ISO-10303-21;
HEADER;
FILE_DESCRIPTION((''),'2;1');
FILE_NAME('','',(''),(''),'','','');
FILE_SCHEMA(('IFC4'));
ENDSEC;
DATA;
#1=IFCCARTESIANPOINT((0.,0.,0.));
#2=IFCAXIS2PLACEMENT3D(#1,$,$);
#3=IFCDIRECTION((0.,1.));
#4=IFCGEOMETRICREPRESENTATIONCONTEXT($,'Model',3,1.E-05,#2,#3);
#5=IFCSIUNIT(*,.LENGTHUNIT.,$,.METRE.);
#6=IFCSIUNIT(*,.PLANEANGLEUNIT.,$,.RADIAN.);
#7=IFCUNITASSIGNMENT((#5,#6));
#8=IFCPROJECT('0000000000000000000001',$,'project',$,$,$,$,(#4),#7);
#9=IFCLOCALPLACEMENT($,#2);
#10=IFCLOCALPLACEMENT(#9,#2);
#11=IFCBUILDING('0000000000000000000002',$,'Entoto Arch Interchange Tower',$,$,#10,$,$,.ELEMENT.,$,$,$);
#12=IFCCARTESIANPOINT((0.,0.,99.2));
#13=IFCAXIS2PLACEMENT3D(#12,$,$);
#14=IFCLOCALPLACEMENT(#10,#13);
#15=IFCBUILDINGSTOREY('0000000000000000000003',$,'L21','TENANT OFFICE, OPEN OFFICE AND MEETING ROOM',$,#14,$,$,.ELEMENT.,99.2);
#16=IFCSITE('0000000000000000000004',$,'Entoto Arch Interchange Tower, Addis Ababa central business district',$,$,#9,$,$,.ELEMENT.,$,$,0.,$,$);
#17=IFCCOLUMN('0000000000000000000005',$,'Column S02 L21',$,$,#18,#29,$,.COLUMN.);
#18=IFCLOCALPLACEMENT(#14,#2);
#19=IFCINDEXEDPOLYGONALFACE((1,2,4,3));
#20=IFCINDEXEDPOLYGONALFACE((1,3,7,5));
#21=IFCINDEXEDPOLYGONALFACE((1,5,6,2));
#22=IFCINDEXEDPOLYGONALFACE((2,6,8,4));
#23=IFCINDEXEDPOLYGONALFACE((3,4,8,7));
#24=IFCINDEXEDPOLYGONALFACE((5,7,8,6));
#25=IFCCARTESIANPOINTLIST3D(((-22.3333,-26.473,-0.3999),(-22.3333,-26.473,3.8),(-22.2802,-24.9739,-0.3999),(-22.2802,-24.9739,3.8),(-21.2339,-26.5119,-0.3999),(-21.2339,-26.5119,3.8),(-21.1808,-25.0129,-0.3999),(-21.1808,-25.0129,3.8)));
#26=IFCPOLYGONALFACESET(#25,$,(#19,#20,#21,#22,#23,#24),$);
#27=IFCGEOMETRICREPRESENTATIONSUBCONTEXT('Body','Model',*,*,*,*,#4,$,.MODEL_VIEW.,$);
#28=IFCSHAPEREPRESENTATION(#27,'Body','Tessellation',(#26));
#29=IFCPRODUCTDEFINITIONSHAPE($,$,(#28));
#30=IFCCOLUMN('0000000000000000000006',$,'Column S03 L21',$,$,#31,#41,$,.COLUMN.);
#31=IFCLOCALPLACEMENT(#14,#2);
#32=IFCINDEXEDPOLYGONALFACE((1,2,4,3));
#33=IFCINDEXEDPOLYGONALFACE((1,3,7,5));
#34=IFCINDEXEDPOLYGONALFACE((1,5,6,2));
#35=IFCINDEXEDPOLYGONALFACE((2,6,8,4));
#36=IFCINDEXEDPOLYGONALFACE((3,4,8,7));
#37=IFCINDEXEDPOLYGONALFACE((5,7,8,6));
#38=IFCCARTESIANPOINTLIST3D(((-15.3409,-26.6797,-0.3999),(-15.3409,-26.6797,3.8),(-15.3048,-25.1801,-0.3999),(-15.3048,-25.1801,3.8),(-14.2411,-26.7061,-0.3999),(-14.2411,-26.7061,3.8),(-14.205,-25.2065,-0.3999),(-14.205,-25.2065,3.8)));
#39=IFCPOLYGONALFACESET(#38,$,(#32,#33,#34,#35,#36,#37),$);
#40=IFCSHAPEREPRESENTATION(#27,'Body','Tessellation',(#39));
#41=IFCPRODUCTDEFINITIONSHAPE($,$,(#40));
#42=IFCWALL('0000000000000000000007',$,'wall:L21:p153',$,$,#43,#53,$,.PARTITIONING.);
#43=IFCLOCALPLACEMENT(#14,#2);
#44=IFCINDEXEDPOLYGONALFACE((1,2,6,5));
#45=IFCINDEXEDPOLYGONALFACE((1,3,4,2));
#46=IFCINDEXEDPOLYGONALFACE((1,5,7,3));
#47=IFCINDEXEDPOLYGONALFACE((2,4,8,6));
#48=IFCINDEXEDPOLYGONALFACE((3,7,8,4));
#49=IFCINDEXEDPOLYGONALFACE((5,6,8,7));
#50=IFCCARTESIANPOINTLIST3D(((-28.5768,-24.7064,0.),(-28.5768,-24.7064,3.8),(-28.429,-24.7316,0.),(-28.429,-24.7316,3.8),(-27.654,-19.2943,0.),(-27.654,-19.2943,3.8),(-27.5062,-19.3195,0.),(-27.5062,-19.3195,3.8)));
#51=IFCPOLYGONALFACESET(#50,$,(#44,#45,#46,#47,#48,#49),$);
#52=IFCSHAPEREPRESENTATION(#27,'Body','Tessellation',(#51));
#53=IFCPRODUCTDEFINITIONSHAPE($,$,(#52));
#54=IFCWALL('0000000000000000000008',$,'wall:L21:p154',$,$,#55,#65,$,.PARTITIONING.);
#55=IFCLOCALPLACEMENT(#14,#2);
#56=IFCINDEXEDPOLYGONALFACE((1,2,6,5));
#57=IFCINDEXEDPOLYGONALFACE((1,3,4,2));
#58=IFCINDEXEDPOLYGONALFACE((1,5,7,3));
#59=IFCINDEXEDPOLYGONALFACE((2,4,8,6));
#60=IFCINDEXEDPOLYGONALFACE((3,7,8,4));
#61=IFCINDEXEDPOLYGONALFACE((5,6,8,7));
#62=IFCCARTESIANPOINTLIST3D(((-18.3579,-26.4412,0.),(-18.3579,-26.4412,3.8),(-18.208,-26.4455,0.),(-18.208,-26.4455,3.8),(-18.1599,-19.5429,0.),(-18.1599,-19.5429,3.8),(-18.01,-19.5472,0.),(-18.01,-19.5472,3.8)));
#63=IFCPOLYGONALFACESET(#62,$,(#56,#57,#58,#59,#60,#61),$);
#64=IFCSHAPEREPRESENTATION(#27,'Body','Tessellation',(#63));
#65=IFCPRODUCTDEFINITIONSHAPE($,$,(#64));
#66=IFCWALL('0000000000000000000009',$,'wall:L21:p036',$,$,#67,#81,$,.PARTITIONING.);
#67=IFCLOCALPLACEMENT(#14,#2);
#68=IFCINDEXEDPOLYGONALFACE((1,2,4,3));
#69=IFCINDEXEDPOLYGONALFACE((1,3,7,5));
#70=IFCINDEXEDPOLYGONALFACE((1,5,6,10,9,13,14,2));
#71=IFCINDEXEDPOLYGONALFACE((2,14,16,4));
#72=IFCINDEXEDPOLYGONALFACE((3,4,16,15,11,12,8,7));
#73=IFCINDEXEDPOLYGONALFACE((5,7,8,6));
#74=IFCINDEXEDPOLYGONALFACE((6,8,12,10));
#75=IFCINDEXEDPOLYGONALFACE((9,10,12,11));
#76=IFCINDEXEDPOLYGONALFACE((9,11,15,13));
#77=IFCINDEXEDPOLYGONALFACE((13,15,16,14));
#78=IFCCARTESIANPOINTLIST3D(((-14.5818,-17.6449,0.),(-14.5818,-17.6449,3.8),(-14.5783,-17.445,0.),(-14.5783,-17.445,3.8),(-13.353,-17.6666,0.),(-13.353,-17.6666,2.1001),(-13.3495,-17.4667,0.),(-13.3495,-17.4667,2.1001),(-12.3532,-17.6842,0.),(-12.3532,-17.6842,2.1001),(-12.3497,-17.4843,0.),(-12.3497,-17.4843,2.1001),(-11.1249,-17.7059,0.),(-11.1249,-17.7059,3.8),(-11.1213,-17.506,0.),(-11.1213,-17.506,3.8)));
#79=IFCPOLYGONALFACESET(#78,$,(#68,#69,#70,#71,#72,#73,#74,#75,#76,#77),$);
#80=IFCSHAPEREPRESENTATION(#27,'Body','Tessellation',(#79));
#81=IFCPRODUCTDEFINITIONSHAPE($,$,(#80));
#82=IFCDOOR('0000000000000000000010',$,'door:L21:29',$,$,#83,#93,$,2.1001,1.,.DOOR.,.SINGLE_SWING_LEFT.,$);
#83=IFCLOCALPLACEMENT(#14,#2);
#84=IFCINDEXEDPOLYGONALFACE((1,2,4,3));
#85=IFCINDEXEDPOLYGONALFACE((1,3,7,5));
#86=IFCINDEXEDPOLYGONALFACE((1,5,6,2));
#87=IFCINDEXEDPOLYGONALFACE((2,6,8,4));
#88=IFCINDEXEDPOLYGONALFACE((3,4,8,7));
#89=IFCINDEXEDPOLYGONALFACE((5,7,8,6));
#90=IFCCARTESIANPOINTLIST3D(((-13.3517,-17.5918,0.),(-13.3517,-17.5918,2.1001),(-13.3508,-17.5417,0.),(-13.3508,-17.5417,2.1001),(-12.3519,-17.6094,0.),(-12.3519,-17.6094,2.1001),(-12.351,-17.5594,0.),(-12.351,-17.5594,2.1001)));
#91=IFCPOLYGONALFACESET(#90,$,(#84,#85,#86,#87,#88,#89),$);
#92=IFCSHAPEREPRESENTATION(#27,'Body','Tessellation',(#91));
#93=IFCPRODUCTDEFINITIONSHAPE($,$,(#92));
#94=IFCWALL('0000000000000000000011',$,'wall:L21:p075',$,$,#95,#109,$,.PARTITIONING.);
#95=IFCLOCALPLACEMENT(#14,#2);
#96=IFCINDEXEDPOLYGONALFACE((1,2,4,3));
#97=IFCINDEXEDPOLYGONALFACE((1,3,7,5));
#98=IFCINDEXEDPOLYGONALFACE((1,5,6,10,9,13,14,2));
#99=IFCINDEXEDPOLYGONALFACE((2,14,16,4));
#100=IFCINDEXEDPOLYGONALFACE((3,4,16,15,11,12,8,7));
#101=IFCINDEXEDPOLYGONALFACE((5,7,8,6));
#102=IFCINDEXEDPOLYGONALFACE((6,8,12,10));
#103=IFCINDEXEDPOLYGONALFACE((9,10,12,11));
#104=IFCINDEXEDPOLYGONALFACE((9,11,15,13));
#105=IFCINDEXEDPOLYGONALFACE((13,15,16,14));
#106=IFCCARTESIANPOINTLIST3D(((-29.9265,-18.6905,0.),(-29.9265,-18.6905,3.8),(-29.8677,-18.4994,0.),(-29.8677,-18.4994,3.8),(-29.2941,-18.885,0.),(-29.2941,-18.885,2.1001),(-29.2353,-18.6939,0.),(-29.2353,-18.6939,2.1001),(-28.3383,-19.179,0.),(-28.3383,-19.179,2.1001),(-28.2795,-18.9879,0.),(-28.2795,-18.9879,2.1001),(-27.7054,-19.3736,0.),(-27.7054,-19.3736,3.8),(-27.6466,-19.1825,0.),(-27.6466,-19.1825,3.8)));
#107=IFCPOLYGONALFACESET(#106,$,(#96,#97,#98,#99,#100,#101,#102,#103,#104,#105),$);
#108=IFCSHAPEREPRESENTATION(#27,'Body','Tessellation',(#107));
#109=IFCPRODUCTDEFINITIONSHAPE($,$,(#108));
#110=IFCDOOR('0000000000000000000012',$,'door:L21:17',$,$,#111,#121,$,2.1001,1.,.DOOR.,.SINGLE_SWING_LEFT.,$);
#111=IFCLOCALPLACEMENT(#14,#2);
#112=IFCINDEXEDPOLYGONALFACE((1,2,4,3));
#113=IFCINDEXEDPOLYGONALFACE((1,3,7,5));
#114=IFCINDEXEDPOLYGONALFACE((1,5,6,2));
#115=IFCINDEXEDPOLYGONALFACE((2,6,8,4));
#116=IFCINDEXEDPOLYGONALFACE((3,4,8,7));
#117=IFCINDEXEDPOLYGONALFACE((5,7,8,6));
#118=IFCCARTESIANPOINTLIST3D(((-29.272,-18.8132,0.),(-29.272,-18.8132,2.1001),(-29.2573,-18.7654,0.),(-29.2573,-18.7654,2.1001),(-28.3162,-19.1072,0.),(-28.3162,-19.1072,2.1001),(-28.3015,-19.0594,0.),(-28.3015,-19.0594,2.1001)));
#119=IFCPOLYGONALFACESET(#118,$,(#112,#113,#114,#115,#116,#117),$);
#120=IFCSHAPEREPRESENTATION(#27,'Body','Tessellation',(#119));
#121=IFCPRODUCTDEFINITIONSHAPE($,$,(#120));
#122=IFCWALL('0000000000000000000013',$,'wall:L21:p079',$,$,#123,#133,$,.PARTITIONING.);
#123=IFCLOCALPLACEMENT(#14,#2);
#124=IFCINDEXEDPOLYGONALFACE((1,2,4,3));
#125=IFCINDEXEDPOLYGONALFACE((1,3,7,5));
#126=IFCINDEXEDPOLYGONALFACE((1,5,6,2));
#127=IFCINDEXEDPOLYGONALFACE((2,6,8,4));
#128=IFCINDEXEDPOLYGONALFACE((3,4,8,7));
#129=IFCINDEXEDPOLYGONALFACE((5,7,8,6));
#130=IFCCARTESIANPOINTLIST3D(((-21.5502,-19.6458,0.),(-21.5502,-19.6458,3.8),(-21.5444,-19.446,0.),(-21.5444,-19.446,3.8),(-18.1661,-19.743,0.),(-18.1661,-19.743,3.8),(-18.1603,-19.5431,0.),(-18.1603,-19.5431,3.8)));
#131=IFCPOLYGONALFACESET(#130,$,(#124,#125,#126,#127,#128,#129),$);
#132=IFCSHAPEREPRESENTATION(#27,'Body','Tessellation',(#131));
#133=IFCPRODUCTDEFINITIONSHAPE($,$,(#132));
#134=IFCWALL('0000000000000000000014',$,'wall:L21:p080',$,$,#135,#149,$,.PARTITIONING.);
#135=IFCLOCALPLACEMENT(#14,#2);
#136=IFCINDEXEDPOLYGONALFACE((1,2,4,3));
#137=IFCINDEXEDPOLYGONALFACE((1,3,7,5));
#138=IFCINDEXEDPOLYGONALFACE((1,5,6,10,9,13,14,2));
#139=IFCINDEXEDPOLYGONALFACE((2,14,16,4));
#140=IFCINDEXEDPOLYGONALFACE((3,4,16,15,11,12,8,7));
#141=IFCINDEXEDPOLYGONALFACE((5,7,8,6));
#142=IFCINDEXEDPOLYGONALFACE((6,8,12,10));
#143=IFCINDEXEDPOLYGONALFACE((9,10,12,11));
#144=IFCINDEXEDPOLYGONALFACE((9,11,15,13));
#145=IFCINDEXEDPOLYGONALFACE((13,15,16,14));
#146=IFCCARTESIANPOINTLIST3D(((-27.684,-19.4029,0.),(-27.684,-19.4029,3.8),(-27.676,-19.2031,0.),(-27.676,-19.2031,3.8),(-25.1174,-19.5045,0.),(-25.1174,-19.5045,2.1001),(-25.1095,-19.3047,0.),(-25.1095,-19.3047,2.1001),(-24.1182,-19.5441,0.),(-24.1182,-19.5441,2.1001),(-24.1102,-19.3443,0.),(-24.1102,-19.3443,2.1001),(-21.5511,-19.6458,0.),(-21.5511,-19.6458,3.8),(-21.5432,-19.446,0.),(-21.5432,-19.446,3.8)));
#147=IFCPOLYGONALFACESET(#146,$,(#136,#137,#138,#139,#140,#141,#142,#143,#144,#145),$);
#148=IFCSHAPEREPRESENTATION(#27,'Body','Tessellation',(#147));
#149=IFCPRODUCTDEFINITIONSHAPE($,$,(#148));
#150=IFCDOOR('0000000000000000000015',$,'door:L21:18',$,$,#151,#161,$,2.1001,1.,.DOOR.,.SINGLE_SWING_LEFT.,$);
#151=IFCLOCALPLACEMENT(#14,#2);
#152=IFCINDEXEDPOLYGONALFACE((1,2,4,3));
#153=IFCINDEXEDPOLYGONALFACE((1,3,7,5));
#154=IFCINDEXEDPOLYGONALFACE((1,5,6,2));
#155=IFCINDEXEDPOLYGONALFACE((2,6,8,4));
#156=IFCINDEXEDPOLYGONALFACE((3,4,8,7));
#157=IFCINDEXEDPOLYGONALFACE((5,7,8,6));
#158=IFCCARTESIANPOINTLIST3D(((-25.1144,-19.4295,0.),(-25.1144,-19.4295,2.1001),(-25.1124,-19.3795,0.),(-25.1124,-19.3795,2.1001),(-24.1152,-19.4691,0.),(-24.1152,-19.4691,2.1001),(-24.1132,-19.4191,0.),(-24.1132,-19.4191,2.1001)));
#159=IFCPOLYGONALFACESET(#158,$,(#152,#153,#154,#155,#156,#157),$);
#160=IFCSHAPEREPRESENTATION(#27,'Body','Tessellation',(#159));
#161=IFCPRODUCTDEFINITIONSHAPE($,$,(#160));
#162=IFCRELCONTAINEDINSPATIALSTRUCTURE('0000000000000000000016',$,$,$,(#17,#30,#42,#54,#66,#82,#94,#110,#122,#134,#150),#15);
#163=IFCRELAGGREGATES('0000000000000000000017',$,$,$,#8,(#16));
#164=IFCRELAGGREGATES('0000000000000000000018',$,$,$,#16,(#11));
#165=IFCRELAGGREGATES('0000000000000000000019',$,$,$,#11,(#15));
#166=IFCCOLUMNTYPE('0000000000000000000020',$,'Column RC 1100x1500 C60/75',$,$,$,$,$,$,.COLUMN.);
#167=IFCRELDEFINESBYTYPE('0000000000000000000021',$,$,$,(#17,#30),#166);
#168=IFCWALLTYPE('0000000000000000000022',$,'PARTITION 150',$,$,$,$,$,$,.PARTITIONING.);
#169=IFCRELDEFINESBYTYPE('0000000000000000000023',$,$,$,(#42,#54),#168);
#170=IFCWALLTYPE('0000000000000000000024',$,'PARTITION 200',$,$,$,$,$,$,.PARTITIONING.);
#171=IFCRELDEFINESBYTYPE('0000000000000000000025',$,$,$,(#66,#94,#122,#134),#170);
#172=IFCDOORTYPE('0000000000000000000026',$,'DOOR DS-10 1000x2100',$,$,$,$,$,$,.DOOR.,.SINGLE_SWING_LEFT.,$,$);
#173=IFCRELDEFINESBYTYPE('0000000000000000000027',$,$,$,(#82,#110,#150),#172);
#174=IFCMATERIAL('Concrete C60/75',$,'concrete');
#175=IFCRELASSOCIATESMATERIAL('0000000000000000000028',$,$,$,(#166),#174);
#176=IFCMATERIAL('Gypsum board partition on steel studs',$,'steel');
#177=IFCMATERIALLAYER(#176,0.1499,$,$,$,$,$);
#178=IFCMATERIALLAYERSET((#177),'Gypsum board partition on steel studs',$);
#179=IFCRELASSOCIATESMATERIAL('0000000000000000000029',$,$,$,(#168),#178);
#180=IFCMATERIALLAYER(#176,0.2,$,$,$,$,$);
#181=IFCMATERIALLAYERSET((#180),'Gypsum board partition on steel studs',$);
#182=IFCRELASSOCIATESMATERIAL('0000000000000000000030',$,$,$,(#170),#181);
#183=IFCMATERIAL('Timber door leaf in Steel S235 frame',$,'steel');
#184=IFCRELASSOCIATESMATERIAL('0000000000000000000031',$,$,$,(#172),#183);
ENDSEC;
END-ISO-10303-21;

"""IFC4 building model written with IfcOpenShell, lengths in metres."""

from ifc_helpers import new_model, si_unit, direction, frame, frame_2d, origin, origin_2d, place, context, subcontext, project, spatial, rectangle, extrude, material, layer, layer_set, material_profile, profile_set, type_object, element, fill, save


model = new_model("IFC4")

# Units and contexts
model_context = context("Model", 3, precision=1e-05, world=origin(), true_north=direction((0.0, 1.0)))
body_context = subcontext(model_context, "Body", "Model", "MODEL_VIEW")
ifc_project = project(units=[si_unit("LENGTHUNIT", "METRE"), si_unit("PLANEANGLEUNIT", "RADIAN")], contexts=[model_context])

# Site, building, storey
site_placement = place(None, origin())
site = spatial("IfcSite", under=ifc_project, at=site_placement, Name="Entoto Arch Interchange Tower, Addis Ababa central business district", CompositionType="ELEMENT", RefElevation=0.0)
building_placement = place(site_placement, origin())
building = spatial("IfcBuilding", under=site, at=building_placement, Name="Entoto Arch Interchange Tower", CompositionType="ELEMENT")
storey_placement = place(building_placement, frame((0.0, 0.0, 99.2)))
storey = spatial("IfcBuildingStorey", under=building, at=storey_placement, Name="L21", Description="TENANT OFFICE, OPEN OFFICE AND MEETING ROOM", CompositionType="ELEMENT", Elevation=99.2)

# Columns
ifc_material_1 = material(Name="Concrete C60/75", Category="concrete")
ifc_material_profile = material_profile(ifc_material_1, rectangle(XDim=1.1001, YDim=1.5, at=origin_2d()))
ifc_profile_set = profile_set([ifc_material_profile], Name="Concrete C60/75")
column_type = type_object("IfcColumnType", Name="Column RC 1100x1500 C60/75", PredefinedType="COLUMN", material=ifc_profile_set)
for number, where, z_axis, x_axis, name in (
    (1, (-21.7571, -25.7429, -0.3999), (0.0, 0.0, 1.0), (-0.999374, 0.035388, 0.0), "Column S02 L21"),
    (2, (-14.7729, -25.9431, -0.3999), (0.0, 0.0, 1.0), (-0.999711, 0.024031, 0.0), "Column S03 L21"),
):
    element("IfcColumn", number, at=place(storey_placement, frame(where, z_axis=z_axis, x_axis=x_axis)), inside=storey, type_object=column_type, Name=name, PredefinedType="COLUMN", context=body_context, shape_type="SweptSolid", body=[
        extrude(rectangle(XDim=1.1001, YDim=1.5, at=origin_2d()), origin(), (0.0, 0.0, 1.0), 4.2),
    ])

# Walls
ifc_material_2 = material(Name="Gypsum board partition on steel studs", Category="steel")
ifc_layer_1 = layer(ifc_material_2, 0.1499)
ifc_layer_set_1 = layer_set([ifc_layer_1], Name="Gypsum board partition on steel studs")
wall_type_1 = type_object("IfcWallType", Name="PARTITION 150", PredefinedType="PARTITIONING", material=ifc_layer_set_1)
wall_1_placement = place(storey_placement, frame((-27.5801, -19.3069, 0.0), z_axis=(0.0, 0.0, 1.0), x_axis=(-0.16809, -0.985772, 0.0)))
element("IfcWall", 3, at=wall_1_placement, inside=storey, type_object=wall_type_1, Name="wall:L21:p153", PredefinedType="PARTITIONING", context=body_context, shape_type="SweptSolid", body=[
    extrude(rectangle(XDim=5.4902, YDim=0.1499, at=frame_2d((2.7451, 0.0))), origin(), (0.0, 0.0, 1.0), 3.8),
])
wall_2_placement = place(storey_placement, frame((-18.085, -19.5449, 0.0), z_axis=(0.0, 0.0, 1.0), x_axis=(-0.028691, -0.999588, 0.0)))
element("IfcWall", 4, at=wall_2_placement, inside=storey, type_object=wall_type_1, Name="wall:L21:p154", PredefinedType="PARTITIONING", context=body_context, shape_type="SweptSolid", body=[
    extrude(rectangle(XDim=6.9011, YDim=0.1499, at=frame_2d((3.4507, 0.0))), origin(), (0.0, 0.0, 1.0), 3.8),
])

# Walls, openings, doors
ifc_layer_2 = layer(ifc_material_2, 0.2)
ifc_layer_set_2 = layer_set([ifc_layer_2], Name="Gypsum board partition on steel studs")
wall_type_2 = type_object("IfcWallType", Name="PARTITION 200", PredefinedType="PARTITIONING", material=ifc_layer_set_2)
wall_3_placement = place(storey_placement, frame((-14.5801, -17.5449, 0.0), z_axis=(0.0, 0.0, 1.0), x_axis=(0.999844, -0.017653, 0.0)))
wall_3 = element("IfcWall", 5, at=wall_3_placement, inside=storey, type_object=wall_type_2, Name="wall:L21:p036", PredefinedType="PARTITIONING", context=body_context, shape_type="SweptSolid", body=[
    extrude(rectangle(XDim=3.4575, YDim=0.2, at=frame_2d((1.7288, 0.0))), origin(), (0.0, 0.0, 1.0), 3.8),
])
opening_1_placement = place(wall_3_placement, frame((1.229, 0.0, 0.0)))
opening_1 = element("IfcOpeningElement", 6, at=opening_1_placement, cuts=wall_3, PredefinedType="OPENING", context=body_context, shape_type="SweptSolid", body=[
    extrude(rectangle(XDim=1.0, YDim=2.1001, at=frame_2d((0.5, 1.05))), frame((0.0, 0.1099, 0.0), z_axis=(0.0, -1.0, 0.0), x_axis=(1.0, 0.0, 0.0)), (0.0, 0.0, 1.0), 0.22),
])
ifc_material_3 = material(Name="Timber door leaf in Steel S235 frame", Category="steel")
door_type = type_object("IfcDoorType", Name="DOOR DS-10 1000x2100", OperationType="SINGLE_SWING_LEFT", PredefinedType="DOOR", material=ifc_material_3)
door_1_placement = place(opening_1_placement, origin())
door_1 = element("IfcDoor", 7, at=door_1_placement, inside=storey, type_object=door_type, Name="door:L21:29", OperationType="SINGLE_SWING_LEFT", OverallHeight=2.1001, OverallWidth=1.0, PredefinedType="DOOR", context=body_context, shape_type="SweptSolid", body=[
    extrude(rectangle(XDim=1.0, YDim=2.1001, at=frame_2d((0.5, 1.05))), frame((0.0, 0.0249, 0.0), z_axis=(0.0, -1.0, 0.0), x_axis=(1.0, 0.0, 0.0)), (0.0, 0.0, 1.0), 0.05),
])
fill(opening_1, door_1)
wall_4_placement = place(storey_placement, frame((-27.676, -19.2781, 0.0), z_axis=(0.0, 0.0, 1.0), x_axis=(-0.955811, 0.293982, 0.0)))
wall_4 = element("IfcWall", 8, at=wall_4_placement, inside=storey, type_object=wall_type_2, Name="wall:L21:p075", PredefinedType="PARTITIONING", context=body_context, shape_type="SweptSolid", body=[
    extrude(rectangle(XDim=2.3237, YDim=0.2, at=frame_2d((1.1619, 0.0))), origin(), (0.0, 0.0, 1.0), 3.8),
])
opening_2_placement = place(wall_4_placement, frame((0.6621, 0.0, 0.0)))
opening_2 = element("IfcOpeningElement", 9, at=opening_2_placement, cuts=wall_4, PredefinedType="OPENING", context=body_context, shape_type="SweptSolid", body=[
    extrude(rectangle(XDim=1.0, YDim=2.1001, at=frame_2d((0.5, 1.05))), frame((0.0, 0.1099, 0.0), z_axis=(0.0, -1.0, 0.0), x_axis=(1.0, 0.0, 0.0)), (0.0, 0.0, 1.0), 0.22),
])
door_2_placement = place(opening_2_placement, origin())
door_2 = element("IfcDoor", 10, at=door_2_placement, inside=storey, type_object=door_type, Name="door:L21:17", OperationType="SINGLE_SWING_LEFT", OverallHeight=2.1001, OverallWidth=1.0, PredefinedType="DOOR", context=body_context, shape_type="SweptSolid", body=[
    extrude(rectangle(XDim=1.0, YDim=2.1001, at=frame_2d((0.5, 1.05))), frame((0.0, 0.0249, 0.0), z_axis=(0.0, -1.0, 0.0), x_axis=(1.0, 0.0, 0.0)), (0.0, 0.0, 1.0), 0.05),
])
fill(opening_2, door_2)

# Wall
wall_5_placement = place(storey_placement, frame((-18.1631, -19.6431, 0.0), z_axis=(0.0, 0.0, 1.0), x_axis=(-0.999588, 0.028702, 0.0)))
element("IfcWall", 11, at=wall_5_placement, inside=storey, type_object=wall_type_2, Name="wall:L21:p079", PredefinedType="PARTITIONING", context=body_context, shape_type="SweptSolid", body=[
    extrude(rectangle(XDim=3.3855, YDim=0.2, at=frame_2d((1.6929, 0.0))), origin(), (0.0, 0.0, 1.0), 3.8),
])

# Wall, opening, door
wall_6_placement = place(storey_placement, frame((-21.5471, -19.5459, 0.0), z_axis=(0.0, 0.0, 1.0), x_axis=(-0.999216, 0.039579, 0.0)))
wall_6 = element("IfcWall", 12, at=wall_6_placement, inside=storey, type_object=wall_type_2, Name="wall:L21:p080", PredefinedType="PARTITIONING", context=body_context, shape_type="SweptSolid", body=[
    extrude(rectangle(XDim=6.1377, YDim=0.2, at=frame_2d((3.0688, 0.0))), origin(), (0.0, 0.0, 1.0), 3.8),
])
opening_3_placement = place(wall_6_placement, frame((2.5691, 0.0, 0.0)))
opening_3 = element("IfcOpeningElement", 13, at=opening_3_placement, cuts=wall_6, PredefinedType="OPENING", context=body_context, shape_type="SweptSolid", body=[
    extrude(rectangle(XDim=1.0, YDim=2.1001, at=frame_2d((0.5, 1.05))), frame((0.0, 0.1099, 0.0), z_axis=(0.0, -1.0, 0.0), x_axis=(1.0, 0.0, 0.0)), (0.0, 0.0, 1.0), 0.22),
])
door_3_placement = place(opening_3_placement, origin())
door_3 = element("IfcDoor", 14, at=door_3_placement, inside=storey, type_object=door_type, Name="door:L21:18", OperationType="SINGLE_SWING_LEFT", OverallHeight=2.1001, OverallWidth=1.0, PredefinedType="DOOR", context=body_context, shape_type="SweptSolid", body=[
    extrude(rectangle(XDim=1.0, YDim=2.1001, at=frame_2d((0.5, 1.05))), frame((0.0, 0.0249, 0.0), z_axis=(0.0, -1.0, 0.0), x_axis=(1.0, 0.0, 0.0)), (0.0, 0.0, 1.0), 0.05),
])
fill(opening_3, door_3)

save(model, "model.ifc")
